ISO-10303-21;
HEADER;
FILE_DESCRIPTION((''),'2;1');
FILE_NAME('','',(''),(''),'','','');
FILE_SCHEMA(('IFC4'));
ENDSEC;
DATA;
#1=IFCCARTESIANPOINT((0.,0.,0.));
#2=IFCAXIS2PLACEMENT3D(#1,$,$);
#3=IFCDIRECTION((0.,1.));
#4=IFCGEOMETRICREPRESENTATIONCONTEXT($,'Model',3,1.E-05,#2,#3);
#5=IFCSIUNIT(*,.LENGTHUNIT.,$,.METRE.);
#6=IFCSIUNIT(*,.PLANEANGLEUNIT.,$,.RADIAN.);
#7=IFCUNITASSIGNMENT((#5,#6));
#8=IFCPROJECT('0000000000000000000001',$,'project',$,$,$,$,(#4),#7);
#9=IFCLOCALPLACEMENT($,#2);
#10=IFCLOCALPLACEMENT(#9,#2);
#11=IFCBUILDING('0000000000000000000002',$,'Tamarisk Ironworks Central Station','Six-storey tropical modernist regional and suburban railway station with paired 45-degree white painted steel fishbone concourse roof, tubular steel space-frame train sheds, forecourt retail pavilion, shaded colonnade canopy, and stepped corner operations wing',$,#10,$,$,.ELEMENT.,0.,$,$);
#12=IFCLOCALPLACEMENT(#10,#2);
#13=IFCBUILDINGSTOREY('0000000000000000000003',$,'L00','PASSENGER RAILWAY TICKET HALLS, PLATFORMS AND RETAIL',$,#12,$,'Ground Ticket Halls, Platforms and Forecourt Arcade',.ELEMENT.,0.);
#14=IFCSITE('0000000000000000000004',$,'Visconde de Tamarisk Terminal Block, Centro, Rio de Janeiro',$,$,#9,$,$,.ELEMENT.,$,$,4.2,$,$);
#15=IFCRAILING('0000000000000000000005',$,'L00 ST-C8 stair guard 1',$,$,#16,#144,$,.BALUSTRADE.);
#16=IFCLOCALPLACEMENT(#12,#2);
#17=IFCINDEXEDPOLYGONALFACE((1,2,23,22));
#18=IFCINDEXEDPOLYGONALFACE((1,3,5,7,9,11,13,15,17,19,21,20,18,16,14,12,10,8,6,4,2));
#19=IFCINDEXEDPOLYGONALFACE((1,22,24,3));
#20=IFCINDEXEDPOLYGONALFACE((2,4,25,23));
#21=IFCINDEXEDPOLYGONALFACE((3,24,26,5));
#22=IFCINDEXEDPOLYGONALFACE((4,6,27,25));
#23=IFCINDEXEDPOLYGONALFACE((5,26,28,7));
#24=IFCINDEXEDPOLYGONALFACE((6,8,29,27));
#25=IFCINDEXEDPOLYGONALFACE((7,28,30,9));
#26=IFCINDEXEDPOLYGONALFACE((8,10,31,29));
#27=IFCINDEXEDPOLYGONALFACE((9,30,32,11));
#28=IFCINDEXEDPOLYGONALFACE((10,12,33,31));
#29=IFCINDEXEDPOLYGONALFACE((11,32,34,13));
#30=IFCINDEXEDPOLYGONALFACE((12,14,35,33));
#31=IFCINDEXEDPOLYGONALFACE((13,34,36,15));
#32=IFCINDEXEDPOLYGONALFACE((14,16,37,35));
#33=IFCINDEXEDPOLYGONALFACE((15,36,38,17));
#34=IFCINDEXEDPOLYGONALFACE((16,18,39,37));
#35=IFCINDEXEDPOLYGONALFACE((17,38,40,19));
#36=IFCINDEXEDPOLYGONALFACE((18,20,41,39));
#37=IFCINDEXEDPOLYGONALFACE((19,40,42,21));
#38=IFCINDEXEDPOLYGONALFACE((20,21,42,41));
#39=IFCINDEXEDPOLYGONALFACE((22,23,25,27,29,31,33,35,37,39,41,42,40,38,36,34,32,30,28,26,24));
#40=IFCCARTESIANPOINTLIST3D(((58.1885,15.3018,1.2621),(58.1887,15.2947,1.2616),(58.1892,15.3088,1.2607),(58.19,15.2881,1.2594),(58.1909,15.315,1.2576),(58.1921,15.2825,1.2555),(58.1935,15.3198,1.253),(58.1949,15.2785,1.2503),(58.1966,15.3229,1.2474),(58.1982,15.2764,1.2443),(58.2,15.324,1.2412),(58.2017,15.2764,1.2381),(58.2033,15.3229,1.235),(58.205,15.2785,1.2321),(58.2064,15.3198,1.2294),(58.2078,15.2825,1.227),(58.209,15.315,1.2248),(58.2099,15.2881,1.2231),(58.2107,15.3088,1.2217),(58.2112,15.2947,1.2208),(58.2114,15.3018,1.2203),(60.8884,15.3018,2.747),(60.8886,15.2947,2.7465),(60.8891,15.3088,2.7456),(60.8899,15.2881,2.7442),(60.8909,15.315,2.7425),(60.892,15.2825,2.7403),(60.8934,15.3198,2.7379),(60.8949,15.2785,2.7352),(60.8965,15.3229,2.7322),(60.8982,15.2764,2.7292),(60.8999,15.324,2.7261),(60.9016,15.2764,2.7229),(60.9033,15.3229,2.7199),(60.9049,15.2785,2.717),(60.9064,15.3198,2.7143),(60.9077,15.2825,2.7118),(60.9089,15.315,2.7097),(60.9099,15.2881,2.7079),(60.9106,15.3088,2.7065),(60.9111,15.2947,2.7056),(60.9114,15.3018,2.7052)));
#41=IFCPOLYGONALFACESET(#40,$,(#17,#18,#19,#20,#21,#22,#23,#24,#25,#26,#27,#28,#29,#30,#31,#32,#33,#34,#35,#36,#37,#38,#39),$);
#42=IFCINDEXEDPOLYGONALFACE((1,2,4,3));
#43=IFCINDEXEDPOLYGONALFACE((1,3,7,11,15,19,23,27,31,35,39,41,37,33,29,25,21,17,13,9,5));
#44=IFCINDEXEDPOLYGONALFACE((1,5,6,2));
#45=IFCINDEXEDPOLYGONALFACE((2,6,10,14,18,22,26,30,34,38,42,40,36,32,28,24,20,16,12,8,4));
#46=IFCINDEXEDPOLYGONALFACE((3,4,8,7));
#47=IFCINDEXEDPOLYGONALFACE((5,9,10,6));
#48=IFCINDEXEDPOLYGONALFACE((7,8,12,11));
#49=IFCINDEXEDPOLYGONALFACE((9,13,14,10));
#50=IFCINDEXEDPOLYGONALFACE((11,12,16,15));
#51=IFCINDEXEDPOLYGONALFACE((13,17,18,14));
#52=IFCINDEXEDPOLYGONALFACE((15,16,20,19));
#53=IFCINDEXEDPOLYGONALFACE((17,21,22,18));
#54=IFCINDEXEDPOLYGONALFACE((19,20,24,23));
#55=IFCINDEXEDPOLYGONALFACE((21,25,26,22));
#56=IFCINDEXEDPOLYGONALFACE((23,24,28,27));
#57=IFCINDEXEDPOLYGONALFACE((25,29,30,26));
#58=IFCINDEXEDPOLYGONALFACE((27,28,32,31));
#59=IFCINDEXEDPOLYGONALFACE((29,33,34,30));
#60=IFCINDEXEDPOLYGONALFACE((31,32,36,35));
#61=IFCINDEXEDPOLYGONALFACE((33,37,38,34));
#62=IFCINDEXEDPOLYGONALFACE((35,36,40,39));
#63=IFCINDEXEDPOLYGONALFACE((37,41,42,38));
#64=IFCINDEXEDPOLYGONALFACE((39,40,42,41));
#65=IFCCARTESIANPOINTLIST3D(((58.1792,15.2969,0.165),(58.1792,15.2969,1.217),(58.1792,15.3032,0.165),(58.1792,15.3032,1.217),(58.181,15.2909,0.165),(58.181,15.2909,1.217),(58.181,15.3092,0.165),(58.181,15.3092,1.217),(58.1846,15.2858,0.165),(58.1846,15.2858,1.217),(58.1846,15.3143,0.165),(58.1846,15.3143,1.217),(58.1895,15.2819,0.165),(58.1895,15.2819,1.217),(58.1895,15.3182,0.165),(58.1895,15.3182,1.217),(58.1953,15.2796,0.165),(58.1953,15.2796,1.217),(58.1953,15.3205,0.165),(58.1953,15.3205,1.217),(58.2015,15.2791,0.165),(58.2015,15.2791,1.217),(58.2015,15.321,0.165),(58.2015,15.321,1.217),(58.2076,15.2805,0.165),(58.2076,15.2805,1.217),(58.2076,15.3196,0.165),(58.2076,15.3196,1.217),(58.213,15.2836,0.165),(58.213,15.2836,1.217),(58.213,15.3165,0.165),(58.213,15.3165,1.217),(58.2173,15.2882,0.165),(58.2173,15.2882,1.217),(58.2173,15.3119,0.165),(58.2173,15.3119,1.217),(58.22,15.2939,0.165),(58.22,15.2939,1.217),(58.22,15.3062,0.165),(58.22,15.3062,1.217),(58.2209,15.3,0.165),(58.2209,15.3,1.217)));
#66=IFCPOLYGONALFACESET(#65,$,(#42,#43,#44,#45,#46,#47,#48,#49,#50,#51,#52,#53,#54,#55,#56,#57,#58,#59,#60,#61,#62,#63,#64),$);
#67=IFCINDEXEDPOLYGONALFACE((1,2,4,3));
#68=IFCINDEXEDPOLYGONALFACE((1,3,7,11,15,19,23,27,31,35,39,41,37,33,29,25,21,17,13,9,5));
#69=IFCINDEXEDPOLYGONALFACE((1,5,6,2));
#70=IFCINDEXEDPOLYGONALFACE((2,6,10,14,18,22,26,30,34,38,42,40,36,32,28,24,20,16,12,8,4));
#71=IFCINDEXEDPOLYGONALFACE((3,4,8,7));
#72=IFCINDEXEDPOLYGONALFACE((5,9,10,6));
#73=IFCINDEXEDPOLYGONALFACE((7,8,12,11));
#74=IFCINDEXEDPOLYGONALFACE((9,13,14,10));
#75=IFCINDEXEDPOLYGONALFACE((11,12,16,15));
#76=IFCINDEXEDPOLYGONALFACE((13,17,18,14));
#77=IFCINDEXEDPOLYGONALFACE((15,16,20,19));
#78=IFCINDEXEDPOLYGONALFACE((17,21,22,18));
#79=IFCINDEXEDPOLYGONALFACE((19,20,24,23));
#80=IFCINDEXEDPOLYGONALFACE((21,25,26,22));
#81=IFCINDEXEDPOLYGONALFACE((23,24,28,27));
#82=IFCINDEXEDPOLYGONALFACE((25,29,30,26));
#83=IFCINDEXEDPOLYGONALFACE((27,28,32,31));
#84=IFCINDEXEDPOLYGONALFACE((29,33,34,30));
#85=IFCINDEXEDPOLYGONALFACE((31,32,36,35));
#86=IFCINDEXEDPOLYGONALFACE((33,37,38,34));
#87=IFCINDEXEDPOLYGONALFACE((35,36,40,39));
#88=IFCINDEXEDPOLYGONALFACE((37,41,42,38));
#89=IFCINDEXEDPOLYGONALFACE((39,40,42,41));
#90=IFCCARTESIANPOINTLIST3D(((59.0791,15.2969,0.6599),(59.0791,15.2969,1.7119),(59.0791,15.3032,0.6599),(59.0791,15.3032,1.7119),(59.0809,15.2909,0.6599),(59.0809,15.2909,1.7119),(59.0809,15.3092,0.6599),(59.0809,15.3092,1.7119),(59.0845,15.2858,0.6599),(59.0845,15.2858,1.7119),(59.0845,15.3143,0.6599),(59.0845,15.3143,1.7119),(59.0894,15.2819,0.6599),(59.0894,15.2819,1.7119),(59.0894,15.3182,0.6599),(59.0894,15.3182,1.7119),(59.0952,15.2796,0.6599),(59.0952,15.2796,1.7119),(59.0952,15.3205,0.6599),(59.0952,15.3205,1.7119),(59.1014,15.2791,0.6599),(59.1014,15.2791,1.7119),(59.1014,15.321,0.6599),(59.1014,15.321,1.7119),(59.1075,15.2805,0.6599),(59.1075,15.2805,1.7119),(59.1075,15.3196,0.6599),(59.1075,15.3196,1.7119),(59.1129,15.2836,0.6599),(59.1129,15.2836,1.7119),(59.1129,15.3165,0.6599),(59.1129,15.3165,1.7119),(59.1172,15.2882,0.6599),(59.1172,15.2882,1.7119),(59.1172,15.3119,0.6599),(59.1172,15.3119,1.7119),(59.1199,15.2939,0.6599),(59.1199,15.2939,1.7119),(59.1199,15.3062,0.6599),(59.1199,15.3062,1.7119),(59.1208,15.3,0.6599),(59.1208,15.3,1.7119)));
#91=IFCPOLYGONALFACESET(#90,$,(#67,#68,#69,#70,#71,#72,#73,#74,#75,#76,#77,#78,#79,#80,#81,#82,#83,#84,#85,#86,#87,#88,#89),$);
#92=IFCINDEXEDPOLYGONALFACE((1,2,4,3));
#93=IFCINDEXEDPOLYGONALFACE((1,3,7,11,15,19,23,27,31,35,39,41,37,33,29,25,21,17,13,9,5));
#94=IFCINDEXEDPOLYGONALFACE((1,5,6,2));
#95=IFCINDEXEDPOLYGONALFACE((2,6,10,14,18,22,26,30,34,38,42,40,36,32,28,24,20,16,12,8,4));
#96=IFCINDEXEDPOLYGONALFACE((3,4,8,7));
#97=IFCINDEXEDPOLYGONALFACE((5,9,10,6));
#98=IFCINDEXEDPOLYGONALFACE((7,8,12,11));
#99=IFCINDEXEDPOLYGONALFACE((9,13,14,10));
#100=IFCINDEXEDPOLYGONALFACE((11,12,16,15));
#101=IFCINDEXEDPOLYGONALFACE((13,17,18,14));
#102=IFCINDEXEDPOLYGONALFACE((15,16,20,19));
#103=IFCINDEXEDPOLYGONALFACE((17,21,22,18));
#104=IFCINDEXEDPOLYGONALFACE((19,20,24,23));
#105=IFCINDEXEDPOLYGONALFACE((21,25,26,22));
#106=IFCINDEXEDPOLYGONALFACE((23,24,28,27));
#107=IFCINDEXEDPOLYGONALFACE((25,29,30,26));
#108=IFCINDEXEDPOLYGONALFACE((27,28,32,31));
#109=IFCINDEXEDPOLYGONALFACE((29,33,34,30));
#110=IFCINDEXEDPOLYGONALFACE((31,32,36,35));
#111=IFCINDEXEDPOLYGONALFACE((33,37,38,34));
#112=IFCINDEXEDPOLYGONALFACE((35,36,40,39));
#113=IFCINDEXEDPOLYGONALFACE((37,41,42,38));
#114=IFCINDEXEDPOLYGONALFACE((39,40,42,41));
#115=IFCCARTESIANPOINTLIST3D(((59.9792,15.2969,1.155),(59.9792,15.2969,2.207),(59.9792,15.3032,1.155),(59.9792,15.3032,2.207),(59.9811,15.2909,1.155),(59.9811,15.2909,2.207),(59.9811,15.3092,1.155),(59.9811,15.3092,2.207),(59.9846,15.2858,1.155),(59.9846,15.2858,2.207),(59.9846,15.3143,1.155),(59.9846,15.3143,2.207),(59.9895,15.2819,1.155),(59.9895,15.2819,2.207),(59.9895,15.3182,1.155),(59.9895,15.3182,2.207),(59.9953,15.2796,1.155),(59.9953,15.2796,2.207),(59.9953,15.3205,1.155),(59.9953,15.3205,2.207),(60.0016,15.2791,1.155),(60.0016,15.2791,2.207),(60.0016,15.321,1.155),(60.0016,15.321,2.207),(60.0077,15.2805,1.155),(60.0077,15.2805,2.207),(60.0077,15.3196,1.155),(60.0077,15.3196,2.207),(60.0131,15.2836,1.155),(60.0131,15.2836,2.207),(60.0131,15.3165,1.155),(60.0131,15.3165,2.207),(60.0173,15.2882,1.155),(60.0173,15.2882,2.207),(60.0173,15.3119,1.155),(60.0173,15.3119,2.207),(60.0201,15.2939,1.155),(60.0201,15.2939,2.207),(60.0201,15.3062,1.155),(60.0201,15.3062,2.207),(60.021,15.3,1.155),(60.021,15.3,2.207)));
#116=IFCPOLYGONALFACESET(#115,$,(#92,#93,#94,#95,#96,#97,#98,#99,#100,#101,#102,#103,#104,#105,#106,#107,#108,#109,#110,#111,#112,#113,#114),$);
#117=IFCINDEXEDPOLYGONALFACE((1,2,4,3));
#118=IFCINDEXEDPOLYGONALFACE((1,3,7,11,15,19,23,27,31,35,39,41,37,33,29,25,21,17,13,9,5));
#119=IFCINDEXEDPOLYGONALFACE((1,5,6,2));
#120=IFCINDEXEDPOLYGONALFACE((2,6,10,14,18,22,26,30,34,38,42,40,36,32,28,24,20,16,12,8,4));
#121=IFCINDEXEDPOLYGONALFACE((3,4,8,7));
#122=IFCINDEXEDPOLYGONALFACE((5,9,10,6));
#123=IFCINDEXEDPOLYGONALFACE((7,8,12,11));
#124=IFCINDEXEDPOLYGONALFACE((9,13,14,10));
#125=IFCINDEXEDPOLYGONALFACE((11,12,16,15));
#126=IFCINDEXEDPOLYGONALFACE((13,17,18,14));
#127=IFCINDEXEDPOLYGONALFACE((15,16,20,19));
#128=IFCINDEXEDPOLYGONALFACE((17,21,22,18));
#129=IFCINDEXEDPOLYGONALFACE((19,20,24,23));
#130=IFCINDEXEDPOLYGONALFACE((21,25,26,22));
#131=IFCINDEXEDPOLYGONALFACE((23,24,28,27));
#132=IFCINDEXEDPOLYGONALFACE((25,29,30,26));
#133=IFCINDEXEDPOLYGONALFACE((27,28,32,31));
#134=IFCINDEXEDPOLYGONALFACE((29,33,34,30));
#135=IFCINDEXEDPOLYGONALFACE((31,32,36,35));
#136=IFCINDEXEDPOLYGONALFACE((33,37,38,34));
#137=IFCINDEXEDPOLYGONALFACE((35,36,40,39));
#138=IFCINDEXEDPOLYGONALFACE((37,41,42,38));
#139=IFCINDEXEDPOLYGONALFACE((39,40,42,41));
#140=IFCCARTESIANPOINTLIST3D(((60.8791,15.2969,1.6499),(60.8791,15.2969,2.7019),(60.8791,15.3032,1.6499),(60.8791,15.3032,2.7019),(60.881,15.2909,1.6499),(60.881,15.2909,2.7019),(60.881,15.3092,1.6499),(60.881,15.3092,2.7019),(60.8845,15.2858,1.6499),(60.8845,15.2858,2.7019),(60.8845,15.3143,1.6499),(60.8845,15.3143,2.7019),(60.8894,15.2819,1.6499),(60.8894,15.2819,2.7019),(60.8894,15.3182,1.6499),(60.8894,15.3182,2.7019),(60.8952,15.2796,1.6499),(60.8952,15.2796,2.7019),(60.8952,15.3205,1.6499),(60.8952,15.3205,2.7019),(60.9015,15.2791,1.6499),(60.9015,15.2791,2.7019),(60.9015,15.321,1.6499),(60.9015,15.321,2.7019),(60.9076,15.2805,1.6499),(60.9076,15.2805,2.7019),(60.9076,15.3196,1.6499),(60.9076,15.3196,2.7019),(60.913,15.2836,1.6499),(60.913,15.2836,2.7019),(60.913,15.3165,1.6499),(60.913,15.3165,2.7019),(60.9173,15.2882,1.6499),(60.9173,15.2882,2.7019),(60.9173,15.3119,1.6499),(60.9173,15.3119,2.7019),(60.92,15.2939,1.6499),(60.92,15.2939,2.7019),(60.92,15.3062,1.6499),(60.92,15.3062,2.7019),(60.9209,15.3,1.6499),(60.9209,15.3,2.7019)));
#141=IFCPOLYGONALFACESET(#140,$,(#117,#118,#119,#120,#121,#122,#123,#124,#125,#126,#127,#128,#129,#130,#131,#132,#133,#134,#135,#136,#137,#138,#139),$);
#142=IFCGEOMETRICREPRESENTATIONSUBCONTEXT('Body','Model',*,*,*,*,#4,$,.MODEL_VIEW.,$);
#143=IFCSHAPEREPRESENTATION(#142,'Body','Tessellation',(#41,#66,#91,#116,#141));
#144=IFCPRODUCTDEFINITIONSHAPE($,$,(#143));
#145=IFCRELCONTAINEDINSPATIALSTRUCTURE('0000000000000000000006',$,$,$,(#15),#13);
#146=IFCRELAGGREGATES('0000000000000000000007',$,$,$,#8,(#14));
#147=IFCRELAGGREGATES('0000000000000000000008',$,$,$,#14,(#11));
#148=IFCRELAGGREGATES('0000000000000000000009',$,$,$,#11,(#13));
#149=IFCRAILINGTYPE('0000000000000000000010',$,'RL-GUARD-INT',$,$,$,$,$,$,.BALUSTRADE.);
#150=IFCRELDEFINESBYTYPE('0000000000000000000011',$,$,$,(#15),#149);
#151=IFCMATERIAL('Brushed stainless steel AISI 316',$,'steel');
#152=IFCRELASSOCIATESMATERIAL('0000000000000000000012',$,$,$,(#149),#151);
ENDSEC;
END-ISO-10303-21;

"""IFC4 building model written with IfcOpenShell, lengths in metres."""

from ifc_helpers import new_model, si_unit, direction, frame, origin, origin_2d, place, context, subcontext, project, spatial, circle, extrude, material, type_object, element, save


model = new_model("IFC4")

# Units and contexts
model_context = context("Model", 3, precision=1e-05, world=origin(), true_north=direction((0.0, 1.0)))
body_context = subcontext(model_context, "Body", "Model", "MODEL_VIEW")
ifc_project = project(units=[si_unit("LENGTHUNIT", "METRE"), si_unit("PLANEANGLEUNIT", "RADIAN")], contexts=[model_context])

# Site, building, storey
site_placement = place(None, origin())
site = spatial("IfcSite", under=ifc_project, at=site_placement, Name="Visconde de Tamarisk Terminal Block, Centro, Rio de Janeiro", CompositionType="ELEMENT", RefElevation=4.2)
building_placement = place(site_placement, origin())
building = spatial("IfcBuilding", under=site, at=building_placement, Name="Tamarisk Ironworks Central Station", Description="Six-storey tropical modernist regional and suburban railway station with paired 45-degree white painted steel fishbone concourse roof, tubular steel space-frame train sheds, forecourt retail pavilion, shaded colonnade canopy, and stepped corner operations wing", CompositionType="ELEMENT", ElevationOfRefHeight=0.0)
storey_placement = place(building_placement, origin())
storey = spatial("IfcBuildingStorey", under=building, at=storey_placement, Name="L00", Description="PASSENGER RAILWAY TICKET HALLS, PLATFORMS AND RETAIL", LongName="Ground Ticket Halls, Platforms and Forecourt Arcade", CompositionType="ELEMENT", Elevation=0.0)

# Railing
ifc_material_1 = material(Name="Brushed stainless steel AISI 316", Category="steel")
railing_type_1 = type_object("IfcRailingType", Name="RL-GUARD-INT", PredefinedType="BALUSTRADE", material=ifc_material_1)
railing_1_placement = place(storey_placement, frame((58.2, 15.3, 0.165)))
element("IfcRailing", 1, at=railing_1_placement, inside=storey, type_object=railing_type_1, Name="L00 ST-C8 stair guard 1", PredefinedType="BALUSTRADE", context=body_context, shape_type="SweptSolid", body=[
    extrude(circle(Radius=0.0239, at=origin_2d()), frame((0.0, 0.0, 1.0762), z_axis=(0.876231, 0.0, 0.481891), x_axis=(0.0, 1.0, 0.0)), (0.0, 0.0, 1.0), 3.0813),
    extrude(circle(Radius=0.021, at=origin_2d()), origin(), (0.0, 0.0, 1.0), 1.052),
    extrude(circle(Radius=0.021, at=origin_2d()), frame((0.8999, 0.0, 0.4949)), (0.0, 0.0, 1.0), 1.052),
    extrude(circle(Radius=0.021, at=origin_2d()), frame((1.8, 0.0, 0.99)), (0.0, 0.0, 1.0), 1.052),
    extrude(circle(Radius=0.021, at=origin_2d()), frame((2.7, 0.0, 1.4849)), (0.0, 0.0, 1.0), 1.052),
])

save(model, "model.ifc")
